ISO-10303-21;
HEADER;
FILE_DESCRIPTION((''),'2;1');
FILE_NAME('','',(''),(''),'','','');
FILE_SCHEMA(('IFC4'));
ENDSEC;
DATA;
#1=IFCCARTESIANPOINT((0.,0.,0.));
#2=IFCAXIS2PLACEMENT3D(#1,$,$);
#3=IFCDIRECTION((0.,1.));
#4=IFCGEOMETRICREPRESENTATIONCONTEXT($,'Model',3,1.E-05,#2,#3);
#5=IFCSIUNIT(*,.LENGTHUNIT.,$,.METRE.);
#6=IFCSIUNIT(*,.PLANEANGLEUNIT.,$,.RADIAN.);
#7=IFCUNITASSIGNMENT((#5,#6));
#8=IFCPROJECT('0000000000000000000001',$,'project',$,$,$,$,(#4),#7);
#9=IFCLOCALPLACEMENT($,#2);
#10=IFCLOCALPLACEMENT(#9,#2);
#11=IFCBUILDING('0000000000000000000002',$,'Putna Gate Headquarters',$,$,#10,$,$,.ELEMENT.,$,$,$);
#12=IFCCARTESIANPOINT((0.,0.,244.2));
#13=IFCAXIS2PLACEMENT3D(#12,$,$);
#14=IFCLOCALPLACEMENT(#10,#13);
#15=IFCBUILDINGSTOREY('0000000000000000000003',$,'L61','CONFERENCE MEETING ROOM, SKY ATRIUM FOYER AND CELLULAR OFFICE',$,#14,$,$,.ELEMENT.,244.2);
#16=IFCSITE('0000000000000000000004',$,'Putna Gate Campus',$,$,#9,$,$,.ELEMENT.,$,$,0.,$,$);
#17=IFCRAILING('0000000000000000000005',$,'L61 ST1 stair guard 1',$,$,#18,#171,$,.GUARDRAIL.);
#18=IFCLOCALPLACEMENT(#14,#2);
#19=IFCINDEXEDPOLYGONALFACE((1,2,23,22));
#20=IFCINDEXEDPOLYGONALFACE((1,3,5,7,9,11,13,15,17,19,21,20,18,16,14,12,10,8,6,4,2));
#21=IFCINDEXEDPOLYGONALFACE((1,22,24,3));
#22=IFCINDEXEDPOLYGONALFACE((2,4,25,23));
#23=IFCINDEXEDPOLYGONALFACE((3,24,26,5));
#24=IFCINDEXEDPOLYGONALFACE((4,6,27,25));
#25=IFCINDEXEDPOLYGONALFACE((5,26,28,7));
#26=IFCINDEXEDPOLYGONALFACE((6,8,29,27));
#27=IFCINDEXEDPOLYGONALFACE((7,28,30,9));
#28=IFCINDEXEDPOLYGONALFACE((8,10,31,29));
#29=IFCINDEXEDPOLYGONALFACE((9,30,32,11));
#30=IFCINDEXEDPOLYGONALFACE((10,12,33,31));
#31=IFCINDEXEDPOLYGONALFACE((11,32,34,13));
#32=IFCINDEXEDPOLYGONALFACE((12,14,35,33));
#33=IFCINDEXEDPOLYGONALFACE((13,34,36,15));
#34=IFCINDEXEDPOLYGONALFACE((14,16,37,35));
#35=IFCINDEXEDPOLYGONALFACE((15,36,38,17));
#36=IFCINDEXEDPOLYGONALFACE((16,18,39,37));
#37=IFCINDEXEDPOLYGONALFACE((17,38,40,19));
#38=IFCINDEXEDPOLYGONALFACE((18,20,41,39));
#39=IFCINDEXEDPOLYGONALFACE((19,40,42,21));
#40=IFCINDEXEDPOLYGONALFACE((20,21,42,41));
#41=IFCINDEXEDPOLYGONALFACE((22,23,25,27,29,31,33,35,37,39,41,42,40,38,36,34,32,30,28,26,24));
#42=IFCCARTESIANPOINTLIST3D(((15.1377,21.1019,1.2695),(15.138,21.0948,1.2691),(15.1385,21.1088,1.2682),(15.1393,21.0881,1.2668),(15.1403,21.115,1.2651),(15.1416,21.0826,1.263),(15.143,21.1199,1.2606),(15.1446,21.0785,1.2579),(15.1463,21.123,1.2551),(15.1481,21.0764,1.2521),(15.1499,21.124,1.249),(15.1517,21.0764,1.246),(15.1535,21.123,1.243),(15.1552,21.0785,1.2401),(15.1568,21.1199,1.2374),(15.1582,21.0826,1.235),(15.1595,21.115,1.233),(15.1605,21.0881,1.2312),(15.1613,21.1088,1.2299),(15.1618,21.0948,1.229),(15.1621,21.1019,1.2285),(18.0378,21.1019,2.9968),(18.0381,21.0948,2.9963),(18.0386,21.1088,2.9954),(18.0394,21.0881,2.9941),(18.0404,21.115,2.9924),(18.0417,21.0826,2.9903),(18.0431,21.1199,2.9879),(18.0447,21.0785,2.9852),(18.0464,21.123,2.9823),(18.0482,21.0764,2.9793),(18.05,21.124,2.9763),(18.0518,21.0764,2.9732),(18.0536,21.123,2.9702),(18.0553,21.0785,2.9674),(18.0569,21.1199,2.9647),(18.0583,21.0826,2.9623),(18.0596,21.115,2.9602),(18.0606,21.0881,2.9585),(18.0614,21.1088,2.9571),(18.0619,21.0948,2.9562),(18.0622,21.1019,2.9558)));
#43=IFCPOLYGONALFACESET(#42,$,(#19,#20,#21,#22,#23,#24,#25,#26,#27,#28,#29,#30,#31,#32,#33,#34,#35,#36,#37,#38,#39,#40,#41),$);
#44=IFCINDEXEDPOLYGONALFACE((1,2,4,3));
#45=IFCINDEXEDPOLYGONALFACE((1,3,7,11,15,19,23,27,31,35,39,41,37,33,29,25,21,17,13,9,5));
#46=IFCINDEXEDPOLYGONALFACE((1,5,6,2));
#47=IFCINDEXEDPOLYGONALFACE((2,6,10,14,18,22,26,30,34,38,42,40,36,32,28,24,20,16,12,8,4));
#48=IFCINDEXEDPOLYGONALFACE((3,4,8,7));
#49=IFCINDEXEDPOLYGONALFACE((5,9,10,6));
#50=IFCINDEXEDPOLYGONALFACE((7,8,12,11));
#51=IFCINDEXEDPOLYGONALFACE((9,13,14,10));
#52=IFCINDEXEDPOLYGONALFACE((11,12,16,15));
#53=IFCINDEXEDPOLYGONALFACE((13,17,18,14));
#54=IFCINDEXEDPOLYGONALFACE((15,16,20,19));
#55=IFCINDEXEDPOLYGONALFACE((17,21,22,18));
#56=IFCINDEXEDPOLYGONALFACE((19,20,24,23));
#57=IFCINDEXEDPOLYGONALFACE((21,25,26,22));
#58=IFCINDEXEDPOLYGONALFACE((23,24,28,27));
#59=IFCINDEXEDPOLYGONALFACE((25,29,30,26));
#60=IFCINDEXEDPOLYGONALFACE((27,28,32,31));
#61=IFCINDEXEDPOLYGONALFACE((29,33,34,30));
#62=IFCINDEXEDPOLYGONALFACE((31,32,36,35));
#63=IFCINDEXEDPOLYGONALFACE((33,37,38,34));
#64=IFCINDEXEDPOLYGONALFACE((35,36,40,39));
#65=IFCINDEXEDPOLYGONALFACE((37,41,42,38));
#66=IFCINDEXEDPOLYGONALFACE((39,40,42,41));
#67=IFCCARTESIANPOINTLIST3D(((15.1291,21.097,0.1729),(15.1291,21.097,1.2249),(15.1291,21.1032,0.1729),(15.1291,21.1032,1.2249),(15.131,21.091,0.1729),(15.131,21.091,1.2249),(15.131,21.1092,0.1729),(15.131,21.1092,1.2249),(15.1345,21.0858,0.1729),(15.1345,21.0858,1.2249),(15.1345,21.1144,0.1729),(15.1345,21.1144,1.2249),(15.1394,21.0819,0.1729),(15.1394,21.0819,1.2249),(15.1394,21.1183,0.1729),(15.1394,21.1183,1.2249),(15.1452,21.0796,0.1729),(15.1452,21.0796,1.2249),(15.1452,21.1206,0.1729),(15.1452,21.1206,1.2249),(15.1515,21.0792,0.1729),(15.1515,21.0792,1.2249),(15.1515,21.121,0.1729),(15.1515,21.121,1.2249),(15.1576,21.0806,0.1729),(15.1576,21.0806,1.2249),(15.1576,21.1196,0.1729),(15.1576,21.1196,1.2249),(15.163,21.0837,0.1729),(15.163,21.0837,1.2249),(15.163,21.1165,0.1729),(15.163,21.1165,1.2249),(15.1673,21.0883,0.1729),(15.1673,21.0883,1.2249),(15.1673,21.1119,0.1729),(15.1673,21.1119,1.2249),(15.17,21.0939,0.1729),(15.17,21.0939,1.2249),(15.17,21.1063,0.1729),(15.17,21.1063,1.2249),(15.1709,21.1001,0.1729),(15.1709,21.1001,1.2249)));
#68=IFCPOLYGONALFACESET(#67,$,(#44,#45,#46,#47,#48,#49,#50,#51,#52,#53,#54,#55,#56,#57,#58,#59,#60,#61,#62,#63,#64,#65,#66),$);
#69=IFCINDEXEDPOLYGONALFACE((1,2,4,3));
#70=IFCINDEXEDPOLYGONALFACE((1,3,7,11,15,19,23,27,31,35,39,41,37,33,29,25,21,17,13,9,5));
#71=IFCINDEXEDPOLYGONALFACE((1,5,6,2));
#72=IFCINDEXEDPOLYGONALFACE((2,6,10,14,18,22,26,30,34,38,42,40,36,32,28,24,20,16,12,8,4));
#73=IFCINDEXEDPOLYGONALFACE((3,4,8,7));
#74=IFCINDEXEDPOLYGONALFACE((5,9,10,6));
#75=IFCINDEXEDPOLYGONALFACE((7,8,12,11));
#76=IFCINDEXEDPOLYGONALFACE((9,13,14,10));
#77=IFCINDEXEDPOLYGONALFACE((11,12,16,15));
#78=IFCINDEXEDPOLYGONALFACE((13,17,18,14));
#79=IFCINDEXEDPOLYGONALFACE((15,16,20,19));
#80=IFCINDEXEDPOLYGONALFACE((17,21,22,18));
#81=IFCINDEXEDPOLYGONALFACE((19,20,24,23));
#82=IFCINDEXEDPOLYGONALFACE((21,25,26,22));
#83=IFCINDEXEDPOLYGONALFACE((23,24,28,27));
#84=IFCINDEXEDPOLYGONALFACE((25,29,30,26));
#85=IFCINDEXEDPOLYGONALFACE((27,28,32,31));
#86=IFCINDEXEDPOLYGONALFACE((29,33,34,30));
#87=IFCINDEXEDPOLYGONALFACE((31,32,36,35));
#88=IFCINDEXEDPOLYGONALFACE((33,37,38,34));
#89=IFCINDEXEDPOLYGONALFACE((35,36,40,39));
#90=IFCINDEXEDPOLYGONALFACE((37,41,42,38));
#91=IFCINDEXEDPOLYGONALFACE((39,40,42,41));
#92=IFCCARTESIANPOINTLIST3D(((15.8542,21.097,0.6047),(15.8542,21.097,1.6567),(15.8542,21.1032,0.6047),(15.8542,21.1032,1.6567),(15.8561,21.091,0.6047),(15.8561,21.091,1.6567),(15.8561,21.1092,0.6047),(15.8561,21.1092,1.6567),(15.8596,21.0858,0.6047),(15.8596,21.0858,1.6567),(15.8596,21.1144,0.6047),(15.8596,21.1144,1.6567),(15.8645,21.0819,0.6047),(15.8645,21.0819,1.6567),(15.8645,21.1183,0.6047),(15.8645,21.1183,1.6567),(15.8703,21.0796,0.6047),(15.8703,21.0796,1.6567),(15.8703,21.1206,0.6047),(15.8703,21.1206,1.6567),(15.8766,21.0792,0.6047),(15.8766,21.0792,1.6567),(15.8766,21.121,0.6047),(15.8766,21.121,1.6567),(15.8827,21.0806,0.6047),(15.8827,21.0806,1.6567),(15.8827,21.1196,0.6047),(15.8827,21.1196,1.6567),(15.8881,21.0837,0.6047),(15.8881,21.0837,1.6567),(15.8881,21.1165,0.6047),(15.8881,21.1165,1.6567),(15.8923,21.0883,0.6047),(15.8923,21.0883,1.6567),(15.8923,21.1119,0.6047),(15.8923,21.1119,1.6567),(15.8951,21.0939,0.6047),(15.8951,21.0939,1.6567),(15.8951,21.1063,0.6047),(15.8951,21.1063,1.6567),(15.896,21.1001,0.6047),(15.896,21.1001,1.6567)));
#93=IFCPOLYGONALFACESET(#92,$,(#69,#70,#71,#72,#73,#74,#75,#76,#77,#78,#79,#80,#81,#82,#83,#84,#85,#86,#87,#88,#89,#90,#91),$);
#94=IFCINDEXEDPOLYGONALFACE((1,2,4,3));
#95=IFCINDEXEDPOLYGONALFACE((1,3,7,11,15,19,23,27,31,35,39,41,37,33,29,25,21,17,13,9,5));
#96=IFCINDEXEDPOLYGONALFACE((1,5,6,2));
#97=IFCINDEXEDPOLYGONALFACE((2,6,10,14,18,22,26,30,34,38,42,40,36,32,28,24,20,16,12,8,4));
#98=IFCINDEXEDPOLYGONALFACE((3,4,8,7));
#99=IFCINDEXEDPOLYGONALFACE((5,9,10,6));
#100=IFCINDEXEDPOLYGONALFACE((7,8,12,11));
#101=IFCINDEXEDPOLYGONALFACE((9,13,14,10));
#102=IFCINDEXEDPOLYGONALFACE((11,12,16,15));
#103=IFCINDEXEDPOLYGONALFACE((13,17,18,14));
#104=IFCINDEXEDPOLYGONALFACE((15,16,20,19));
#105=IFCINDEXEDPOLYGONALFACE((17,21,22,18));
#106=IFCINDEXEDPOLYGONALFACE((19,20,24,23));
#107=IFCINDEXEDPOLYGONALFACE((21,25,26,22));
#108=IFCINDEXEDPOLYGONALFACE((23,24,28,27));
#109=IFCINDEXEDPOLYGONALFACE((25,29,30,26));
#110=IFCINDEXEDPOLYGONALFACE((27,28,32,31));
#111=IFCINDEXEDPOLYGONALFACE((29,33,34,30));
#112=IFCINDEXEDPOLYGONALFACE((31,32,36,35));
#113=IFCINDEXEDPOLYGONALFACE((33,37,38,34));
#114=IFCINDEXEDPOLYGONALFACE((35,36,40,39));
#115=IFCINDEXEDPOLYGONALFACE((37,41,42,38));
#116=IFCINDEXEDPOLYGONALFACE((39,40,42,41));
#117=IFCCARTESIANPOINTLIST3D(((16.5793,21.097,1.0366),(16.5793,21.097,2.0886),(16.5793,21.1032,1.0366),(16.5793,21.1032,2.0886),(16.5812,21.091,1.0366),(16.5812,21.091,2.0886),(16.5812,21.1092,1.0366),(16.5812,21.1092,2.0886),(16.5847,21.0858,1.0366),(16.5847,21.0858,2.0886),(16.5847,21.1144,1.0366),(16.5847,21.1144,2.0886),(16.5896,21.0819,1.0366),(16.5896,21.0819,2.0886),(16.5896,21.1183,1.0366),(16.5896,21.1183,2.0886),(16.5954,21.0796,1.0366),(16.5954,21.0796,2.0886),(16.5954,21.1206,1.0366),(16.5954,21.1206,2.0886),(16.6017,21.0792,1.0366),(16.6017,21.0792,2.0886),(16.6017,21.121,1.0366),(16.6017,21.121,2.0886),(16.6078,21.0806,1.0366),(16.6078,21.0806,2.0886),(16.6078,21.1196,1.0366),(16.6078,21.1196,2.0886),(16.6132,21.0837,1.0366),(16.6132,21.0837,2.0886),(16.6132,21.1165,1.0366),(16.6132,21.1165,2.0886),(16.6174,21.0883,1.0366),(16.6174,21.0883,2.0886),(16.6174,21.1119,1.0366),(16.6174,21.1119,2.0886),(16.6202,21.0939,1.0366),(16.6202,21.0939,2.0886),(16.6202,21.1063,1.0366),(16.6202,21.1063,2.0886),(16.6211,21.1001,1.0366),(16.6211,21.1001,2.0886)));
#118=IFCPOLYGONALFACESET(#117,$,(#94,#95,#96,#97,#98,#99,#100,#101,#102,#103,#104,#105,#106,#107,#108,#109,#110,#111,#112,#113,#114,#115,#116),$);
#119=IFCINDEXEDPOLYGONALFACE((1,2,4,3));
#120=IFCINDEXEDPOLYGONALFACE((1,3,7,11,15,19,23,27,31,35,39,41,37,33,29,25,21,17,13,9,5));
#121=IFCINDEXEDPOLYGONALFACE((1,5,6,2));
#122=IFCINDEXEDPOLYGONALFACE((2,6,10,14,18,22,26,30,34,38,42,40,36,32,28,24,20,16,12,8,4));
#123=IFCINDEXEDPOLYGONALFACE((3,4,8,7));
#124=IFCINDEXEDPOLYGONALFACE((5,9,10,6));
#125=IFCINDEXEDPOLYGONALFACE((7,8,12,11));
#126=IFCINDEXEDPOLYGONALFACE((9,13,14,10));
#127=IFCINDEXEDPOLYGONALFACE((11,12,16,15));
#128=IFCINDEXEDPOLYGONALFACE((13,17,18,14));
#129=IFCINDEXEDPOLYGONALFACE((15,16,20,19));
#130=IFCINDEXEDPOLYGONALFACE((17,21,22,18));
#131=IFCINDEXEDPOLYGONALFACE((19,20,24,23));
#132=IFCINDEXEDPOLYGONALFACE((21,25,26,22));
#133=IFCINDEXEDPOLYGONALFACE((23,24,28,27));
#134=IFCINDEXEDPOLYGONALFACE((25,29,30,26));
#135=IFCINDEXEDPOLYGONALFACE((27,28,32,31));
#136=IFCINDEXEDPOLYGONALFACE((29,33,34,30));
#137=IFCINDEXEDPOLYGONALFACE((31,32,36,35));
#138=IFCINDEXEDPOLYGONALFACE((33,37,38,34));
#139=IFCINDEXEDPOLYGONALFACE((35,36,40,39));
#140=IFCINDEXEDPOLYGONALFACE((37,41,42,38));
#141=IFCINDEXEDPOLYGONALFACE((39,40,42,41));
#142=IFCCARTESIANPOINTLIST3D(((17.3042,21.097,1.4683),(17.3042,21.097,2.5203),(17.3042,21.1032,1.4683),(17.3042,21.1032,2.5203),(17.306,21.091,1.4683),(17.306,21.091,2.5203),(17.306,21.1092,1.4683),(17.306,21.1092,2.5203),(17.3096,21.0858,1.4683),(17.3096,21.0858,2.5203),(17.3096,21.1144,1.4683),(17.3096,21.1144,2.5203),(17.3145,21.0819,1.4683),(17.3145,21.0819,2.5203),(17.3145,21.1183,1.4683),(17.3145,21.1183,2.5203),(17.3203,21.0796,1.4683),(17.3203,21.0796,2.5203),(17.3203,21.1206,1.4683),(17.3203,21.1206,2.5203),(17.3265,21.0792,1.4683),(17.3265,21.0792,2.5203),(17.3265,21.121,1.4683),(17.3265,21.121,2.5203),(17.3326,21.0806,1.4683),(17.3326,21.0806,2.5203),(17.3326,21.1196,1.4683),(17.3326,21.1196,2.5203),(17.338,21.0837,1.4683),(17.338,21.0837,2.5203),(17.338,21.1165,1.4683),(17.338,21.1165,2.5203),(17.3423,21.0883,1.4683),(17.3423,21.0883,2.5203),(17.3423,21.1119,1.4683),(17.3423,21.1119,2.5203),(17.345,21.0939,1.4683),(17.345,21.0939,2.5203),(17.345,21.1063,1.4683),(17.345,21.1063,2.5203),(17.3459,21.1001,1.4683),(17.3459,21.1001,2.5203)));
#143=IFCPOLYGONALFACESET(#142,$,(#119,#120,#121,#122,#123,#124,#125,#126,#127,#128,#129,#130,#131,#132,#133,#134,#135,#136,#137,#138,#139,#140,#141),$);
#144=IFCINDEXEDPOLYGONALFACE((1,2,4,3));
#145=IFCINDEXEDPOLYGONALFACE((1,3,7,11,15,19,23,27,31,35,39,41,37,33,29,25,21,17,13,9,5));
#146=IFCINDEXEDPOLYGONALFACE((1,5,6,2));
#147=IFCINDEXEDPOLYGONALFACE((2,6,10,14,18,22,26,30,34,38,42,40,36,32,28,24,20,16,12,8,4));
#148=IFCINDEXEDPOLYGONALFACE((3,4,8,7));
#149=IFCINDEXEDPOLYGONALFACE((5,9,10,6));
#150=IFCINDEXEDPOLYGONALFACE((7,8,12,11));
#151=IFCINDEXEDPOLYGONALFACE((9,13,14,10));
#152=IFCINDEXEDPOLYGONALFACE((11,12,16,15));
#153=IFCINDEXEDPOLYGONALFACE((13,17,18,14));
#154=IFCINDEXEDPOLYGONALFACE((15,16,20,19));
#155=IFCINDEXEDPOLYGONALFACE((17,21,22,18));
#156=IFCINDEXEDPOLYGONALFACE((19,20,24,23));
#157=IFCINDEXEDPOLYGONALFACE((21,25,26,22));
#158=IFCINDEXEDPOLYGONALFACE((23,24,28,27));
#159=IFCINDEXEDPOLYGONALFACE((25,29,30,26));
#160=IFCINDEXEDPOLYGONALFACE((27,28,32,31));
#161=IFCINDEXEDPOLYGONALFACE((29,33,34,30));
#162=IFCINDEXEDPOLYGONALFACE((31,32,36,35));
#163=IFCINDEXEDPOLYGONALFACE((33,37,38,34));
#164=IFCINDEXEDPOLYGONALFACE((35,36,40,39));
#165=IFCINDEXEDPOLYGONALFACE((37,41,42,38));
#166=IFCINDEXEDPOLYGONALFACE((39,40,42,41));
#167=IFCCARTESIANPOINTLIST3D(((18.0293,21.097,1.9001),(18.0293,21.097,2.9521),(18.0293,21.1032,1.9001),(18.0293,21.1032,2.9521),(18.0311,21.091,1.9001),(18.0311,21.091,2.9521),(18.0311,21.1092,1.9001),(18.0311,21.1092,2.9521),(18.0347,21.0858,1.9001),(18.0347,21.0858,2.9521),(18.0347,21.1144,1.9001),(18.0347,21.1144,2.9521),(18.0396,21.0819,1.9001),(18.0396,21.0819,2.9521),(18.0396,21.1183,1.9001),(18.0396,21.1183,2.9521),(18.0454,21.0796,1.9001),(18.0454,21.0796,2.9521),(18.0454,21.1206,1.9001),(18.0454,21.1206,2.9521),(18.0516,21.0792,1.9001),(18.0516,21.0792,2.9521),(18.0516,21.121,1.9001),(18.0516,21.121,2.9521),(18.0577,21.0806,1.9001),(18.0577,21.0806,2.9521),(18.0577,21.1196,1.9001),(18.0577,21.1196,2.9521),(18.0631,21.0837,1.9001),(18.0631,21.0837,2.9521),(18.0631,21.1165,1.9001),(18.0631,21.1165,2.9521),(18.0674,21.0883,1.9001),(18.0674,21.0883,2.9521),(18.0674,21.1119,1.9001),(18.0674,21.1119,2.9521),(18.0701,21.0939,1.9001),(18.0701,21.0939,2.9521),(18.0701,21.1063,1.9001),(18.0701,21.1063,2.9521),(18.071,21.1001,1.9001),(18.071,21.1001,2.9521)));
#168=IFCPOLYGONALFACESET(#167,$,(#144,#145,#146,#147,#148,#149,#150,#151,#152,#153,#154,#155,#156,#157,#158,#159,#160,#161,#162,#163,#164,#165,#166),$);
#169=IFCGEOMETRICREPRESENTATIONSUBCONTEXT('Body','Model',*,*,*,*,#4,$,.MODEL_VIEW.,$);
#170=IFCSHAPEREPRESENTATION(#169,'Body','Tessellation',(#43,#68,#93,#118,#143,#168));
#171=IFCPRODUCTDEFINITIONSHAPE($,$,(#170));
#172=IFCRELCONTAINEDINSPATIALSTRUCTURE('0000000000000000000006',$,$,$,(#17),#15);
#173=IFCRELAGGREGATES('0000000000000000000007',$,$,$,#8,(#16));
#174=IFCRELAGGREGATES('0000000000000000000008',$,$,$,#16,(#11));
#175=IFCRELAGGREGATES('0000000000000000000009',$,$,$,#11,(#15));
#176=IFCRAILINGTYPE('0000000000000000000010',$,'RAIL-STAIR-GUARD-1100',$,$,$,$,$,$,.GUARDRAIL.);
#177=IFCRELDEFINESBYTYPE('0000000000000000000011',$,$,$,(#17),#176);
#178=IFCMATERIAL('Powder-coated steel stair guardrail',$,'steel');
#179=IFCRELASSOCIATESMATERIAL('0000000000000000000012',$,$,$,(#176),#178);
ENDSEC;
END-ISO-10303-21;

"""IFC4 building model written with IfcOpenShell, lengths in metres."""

from ifc_helpers import new_model, si_unit, direction, frame, origin, origin_2d, place, context, subcontext, project, spatial, circle, extrude, material, type_object, element, save


model = new_model("IFC4")

# Units and contexts
model_context = context("Model", 3, precision=1e-05, world=origin(), true_north=direction((0.0, 1.0)))
body_context = subcontext(model_context, "Body", "Model", "MODEL_VIEW")
ifc_project = project(units=[si_unit("LENGTHUNIT", "METRE"), si_unit("PLANEANGLEUNIT", "RADIAN")], contexts=[model_context])

# Site, building, storey
site_placement = place(None, origin())
site = spatial("IfcSite", under=ifc_project, at=site_placement, Name="Putna Gate Campus", CompositionType="ELEMENT", RefElevation=0.0)
building_placement = place(site_placement, origin())
building = spatial("IfcBuilding", under=site, at=building_placement, Name="Putna Gate Headquarters", CompositionType="ELEMENT")
storey_placement = place(building_placement, frame((0.0, 0.0, 244.2)))
storey = spatial("IfcBuildingStorey", under=building, at=storey_placement, Name="L61", Description="CONFERENCE MEETING ROOM, SKY ATRIUM FOYER AND CELLULAR OFFICE", CompositionType="ELEMENT", Elevation=244.2)

# Railing
ifc_material_1 = material(Name="Powder-coated steel stair guardrail", Category="steel")
railing_type_1 = type_object("IfcRailingType", Name="RAIL-STAIR-GUARD-1100", PredefinedType="GUARDRAIL", material=ifc_material_1)
railing_1_placement = place(storey_placement, frame((15.1499, 21.1001, 0.1729)))
element("IfcRailing", 1, at=railing_1_placement, inside=storey, type_object=railing_type_1, Name="L61 ST1 stair guard 1", PredefinedType="GUARDRAIL", context=body_context, shape_type="SweptSolid", body=[
    extrude(circle(Radius=0.0239, at=origin_2d()), frame((0.0, 0.0, 1.0762), z_axis=(0.85916, 0.0, 0.511706), x_axis=(0.0, 1.0, 0.0)), (0.0, 0.0, 1.0), 3.3755),
    extrude(circle(Radius=0.021, at=origin_2d()), origin(), (0.0, 0.0, 1.0), 1.052),
    extrude(circle(Radius=0.021, at=origin_2d()), frame((0.7251, 0.0, 0.4319)), (0.0, 0.0, 1.0), 1.052),
    extrude(circle(Radius=0.021, at=origin_2d()), frame((1.4502, 0.0, 0.8638)), (0.0, 0.0, 1.0), 1.052),
    extrude(circle(Radius=0.021, at=origin_2d()), frame((2.175, 0.0, 1.2954)), (0.0, 0.0, 1.0), 1.052),
    extrude(circle(Radius=0.021, at=origin_2d()), frame((2.9001, 0.0, 1.7273)), (0.0, 0.0, 1.0), 1.052),
])

save(model, "model.ifc")
